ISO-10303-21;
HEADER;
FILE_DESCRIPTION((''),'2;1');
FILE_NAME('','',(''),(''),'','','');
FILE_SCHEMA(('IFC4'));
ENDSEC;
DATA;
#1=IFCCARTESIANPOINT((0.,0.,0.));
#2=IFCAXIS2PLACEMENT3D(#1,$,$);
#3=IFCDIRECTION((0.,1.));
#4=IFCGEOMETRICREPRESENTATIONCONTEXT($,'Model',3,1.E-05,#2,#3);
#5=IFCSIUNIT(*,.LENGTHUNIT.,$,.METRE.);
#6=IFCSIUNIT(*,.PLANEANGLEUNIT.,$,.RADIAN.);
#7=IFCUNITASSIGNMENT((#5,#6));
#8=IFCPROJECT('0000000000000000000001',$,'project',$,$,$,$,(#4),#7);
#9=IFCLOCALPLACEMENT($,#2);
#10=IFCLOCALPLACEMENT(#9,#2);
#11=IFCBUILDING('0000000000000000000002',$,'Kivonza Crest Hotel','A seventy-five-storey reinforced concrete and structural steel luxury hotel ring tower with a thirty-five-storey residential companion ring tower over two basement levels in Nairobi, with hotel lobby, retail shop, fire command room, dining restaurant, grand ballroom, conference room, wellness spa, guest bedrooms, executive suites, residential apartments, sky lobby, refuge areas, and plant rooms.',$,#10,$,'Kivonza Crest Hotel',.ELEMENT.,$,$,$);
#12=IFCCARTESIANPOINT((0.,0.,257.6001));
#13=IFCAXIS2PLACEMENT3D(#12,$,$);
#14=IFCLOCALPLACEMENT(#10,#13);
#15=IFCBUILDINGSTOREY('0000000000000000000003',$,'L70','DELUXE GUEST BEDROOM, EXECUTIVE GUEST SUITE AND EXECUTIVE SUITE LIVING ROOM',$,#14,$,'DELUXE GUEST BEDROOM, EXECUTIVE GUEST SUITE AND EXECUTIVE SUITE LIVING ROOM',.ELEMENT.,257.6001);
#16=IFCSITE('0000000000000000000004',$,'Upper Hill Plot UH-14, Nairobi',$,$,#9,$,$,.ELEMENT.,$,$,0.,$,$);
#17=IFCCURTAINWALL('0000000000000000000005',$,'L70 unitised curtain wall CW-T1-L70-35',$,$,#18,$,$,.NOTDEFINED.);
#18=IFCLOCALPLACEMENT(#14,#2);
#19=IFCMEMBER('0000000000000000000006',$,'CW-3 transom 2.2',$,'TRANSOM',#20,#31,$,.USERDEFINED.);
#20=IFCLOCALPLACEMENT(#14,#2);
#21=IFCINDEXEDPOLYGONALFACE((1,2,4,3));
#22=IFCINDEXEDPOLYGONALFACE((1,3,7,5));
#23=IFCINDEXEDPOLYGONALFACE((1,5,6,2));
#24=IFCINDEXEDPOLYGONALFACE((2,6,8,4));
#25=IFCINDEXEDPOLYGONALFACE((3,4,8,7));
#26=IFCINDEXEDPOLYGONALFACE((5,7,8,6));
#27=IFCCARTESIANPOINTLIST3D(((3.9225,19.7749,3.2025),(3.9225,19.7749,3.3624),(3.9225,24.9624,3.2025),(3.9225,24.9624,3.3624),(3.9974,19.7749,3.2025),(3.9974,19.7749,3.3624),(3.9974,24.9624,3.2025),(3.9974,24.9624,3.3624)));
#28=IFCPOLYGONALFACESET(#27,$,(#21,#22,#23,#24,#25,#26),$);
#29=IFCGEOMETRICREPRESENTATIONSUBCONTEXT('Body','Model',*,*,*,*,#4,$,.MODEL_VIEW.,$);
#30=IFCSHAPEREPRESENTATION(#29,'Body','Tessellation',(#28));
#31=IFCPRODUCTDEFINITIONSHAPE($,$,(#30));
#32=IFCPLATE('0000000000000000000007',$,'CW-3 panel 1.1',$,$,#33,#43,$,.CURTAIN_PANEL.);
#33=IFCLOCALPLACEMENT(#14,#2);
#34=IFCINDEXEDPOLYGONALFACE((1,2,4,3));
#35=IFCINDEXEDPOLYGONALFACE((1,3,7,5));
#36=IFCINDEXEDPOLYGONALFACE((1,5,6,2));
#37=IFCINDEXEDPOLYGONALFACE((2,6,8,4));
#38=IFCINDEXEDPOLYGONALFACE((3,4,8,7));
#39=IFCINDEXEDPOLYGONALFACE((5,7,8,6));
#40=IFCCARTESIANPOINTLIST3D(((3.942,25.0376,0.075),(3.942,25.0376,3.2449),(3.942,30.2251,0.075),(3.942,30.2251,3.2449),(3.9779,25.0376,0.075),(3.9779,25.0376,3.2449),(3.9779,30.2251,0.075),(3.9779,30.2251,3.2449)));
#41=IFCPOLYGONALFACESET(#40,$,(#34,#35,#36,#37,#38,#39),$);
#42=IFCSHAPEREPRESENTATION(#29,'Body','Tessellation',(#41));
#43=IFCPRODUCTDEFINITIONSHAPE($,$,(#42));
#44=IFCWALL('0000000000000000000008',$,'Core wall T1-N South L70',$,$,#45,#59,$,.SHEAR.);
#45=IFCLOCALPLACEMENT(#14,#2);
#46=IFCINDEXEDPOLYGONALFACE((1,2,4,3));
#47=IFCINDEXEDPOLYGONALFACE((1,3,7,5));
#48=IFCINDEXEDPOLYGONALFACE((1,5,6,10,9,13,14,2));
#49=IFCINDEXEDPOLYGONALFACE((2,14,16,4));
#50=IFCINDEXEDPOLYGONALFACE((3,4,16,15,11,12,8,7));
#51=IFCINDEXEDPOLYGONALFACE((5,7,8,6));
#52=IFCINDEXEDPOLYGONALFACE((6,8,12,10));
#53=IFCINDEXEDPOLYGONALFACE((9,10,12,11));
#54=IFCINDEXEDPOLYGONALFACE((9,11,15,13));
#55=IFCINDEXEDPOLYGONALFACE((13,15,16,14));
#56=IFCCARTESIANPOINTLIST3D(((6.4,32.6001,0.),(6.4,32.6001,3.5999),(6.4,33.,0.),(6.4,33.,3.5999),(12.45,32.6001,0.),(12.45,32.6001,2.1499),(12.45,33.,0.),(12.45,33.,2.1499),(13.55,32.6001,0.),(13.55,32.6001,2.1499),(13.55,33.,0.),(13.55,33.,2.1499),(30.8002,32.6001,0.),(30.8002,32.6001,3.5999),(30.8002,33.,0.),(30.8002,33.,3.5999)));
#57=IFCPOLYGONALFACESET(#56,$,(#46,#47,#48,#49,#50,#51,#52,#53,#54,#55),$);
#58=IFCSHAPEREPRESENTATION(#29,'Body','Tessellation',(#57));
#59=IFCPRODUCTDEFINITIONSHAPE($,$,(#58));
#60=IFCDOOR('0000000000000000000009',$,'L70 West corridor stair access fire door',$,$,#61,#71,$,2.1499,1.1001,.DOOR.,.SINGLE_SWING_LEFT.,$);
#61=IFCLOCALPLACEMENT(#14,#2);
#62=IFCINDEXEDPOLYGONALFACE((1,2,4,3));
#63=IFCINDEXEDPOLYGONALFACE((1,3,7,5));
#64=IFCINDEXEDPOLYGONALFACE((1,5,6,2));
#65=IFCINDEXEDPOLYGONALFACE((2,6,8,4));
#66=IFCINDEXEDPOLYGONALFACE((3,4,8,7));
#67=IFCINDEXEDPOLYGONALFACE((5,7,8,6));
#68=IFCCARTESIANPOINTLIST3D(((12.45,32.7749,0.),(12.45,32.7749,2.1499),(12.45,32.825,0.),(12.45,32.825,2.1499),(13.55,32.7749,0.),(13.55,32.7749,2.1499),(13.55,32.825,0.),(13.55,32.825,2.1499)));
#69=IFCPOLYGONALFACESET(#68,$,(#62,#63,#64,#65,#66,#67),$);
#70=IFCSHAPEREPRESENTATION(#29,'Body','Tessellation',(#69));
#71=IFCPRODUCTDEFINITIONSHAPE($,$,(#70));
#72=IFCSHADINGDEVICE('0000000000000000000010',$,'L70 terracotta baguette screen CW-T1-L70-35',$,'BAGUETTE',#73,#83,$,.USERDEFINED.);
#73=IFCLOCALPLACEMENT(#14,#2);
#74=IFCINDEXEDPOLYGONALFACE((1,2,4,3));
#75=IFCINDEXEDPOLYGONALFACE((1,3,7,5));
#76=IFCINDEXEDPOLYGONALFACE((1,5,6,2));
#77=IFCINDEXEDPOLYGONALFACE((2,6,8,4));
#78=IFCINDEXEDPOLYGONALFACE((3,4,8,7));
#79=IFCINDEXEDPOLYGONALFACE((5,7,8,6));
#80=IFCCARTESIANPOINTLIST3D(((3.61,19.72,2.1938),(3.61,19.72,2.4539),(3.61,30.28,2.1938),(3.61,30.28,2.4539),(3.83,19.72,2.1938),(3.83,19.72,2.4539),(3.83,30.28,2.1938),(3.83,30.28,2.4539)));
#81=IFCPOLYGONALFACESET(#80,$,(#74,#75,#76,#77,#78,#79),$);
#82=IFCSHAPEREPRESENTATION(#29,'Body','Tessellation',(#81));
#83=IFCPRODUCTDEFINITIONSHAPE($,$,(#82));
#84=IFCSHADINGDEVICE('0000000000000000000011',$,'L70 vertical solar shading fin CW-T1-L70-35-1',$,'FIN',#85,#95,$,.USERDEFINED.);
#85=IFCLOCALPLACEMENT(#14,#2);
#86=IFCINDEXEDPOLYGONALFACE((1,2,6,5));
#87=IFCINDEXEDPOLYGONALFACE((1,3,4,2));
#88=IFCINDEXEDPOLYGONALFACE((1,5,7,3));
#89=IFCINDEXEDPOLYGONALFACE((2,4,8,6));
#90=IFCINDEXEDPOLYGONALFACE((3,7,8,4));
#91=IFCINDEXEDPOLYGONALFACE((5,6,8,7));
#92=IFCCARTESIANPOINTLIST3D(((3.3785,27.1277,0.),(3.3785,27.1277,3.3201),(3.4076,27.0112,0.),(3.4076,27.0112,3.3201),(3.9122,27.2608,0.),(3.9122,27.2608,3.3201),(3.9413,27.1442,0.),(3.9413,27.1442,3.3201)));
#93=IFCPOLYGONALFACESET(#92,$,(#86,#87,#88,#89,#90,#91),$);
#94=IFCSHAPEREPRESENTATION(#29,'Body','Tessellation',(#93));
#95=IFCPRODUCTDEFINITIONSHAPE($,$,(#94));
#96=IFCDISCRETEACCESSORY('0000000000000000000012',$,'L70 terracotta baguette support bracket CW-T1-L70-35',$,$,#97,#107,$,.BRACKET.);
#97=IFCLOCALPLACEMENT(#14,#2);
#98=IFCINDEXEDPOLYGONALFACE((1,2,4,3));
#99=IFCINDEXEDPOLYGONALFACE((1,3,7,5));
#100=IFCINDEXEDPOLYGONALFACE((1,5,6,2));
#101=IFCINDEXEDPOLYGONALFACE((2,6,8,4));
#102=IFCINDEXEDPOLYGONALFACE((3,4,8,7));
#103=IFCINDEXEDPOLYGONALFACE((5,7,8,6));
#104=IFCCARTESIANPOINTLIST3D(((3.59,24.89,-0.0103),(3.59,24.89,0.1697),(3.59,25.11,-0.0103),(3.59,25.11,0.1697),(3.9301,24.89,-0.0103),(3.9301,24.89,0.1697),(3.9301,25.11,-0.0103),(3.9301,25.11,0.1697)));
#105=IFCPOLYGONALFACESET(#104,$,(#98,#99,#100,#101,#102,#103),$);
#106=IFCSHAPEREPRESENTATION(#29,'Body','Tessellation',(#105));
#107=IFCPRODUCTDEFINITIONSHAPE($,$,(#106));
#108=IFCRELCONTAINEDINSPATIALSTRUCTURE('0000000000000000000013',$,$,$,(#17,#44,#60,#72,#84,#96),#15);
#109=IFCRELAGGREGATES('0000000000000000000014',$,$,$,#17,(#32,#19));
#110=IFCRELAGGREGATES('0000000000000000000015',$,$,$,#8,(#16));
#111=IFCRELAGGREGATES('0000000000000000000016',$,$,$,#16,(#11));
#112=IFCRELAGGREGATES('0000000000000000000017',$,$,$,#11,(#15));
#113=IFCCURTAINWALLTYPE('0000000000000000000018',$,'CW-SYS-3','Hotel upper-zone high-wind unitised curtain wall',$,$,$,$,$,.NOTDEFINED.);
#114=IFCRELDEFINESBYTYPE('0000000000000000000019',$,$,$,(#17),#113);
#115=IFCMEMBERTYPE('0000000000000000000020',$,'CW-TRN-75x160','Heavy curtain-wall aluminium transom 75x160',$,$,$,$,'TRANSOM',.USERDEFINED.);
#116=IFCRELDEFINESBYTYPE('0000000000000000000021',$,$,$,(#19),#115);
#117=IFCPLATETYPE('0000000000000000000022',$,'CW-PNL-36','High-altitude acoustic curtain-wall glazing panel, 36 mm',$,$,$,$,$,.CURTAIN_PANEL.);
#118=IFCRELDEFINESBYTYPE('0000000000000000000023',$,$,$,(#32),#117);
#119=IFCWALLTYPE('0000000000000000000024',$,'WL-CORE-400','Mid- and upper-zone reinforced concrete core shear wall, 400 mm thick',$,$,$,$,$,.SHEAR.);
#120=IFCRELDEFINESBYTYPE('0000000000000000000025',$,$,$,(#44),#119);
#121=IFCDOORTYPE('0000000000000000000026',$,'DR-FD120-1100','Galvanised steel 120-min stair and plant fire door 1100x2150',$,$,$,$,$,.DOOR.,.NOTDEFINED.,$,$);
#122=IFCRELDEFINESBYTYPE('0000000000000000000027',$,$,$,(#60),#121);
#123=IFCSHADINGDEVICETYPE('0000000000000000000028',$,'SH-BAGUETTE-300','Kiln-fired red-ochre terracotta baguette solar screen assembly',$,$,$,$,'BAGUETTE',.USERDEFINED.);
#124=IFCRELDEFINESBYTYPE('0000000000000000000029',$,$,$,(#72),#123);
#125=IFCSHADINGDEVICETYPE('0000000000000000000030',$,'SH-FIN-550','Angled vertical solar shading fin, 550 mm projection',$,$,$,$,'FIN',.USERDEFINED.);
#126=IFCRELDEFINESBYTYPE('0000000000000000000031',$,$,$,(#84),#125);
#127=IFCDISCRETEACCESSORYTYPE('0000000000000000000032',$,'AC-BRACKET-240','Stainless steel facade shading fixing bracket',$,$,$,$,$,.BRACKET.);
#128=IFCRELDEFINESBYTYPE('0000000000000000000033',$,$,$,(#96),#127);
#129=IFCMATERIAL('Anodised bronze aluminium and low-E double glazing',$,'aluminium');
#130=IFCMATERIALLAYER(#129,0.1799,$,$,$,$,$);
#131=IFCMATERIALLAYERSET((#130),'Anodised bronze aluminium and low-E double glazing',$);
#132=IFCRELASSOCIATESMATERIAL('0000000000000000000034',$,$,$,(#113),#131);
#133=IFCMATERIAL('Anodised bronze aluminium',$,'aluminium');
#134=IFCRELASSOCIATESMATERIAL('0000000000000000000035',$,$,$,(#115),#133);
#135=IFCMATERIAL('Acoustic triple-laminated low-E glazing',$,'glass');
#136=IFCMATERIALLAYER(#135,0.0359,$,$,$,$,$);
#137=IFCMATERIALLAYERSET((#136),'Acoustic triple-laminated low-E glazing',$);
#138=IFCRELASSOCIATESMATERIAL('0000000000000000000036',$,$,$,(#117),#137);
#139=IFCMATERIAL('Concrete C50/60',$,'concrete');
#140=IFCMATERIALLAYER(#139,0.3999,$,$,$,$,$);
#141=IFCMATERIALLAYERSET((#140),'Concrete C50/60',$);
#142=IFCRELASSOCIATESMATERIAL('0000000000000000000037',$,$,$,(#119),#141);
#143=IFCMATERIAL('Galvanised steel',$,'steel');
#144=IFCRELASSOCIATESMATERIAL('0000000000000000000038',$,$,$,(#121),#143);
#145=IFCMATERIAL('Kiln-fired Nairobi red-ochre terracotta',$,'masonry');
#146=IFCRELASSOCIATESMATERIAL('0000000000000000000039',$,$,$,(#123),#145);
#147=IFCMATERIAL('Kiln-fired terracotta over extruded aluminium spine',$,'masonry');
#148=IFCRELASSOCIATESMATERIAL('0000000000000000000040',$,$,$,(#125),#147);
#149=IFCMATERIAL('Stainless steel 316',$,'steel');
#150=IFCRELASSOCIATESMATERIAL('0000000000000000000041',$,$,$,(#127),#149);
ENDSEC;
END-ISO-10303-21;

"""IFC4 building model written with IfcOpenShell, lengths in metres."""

from ifc_helpers import new_model, si_unit, direction, frame, frame_2d, origin, origin_2d, place, context, subcontext, project, spatial, rectangle, extrude, material, layer, layer_set, material_profile, profile_set, type_object, element, fill, aggregate, save


model = new_model("IFC4")

# Units and contexts
model_context = context("Model", 3, precision=1e-05, world=origin(), true_north=direction((0.0, 1.0)))
body_context = subcontext(model_context, "Body", "Model", "MODEL_VIEW")
ifc_project = project(units=[si_unit("LENGTHUNIT", "METRE"), si_unit("PLANEANGLEUNIT", "RADIAN")], contexts=[model_context])

# Site, building, storey
site_placement = place(None, origin())
site = spatial("IfcSite", under=ifc_project, at=site_placement, Name="Upper Hill Plot UH-14, Nairobi", CompositionType="ELEMENT", RefElevation=0.0)
building_placement = place(site_placement, origin())
building = spatial("IfcBuilding", under=site, at=building_placement, Name="Kivonza Crest Hotel", Description="A seventy-five-storey reinforced concrete and structural steel luxury hotel ring tower with a thirty-five-storey residential companion ring tower over two basement levels in Nairobi, with hotel lobby, retail shop, fire command room, dining restaurant, grand ballroom, conference room, wellness spa, guest bedrooms, executive suites, residential apartments, sky lobby, refuge areas, and plant rooms.", LongName="Kivonza Crest Hotel", CompositionType="ELEMENT")
storey_placement = place(building_placement, frame((0.0, 0.0, 257.6001)))
storey = spatial("IfcBuildingStorey", under=building, at=storey_placement, Name="L70", Description="DELUXE GUEST BEDROOM, EXECUTIVE GUEST SUITE AND EXECUTIVE SUITE LIVING ROOM", LongName="DELUXE GUEST BEDROOM, EXECUTIVE GUEST SUITE AND EXECUTIVE SUITE LIVING ROOM", CompositionType="ELEMENT", Elevation=257.6001)

# Shared definitions
ifc_material_1 = material(Name="Concrete C50/60", Category="concrete")

# Curtain wall, member, plate
ifc_material_2 = material(Name="Anodised bronze aluminium and low-E double glazing", Category="aluminium")
ifc_layer_1 = layer(ifc_material_2, 0.1799)
ifc_layer_set_1 = layer_set([ifc_layer_1], Name="Anodised bronze aluminium and low-E double glazing")
curtain_wall_type = type_object("IfcCurtainWallType", Name="CW-SYS-3", Description="Hotel upper-zone high-wind unitised curtain wall", PredefinedType="NOTDEFINED", material=ifc_layer_set_1)
curtain_wall_placement = place(storey_placement, origin())
curtain_wall = element("IfcCurtainWall", 1, at=curtain_wall_placement, inside=storey, type_object=curtain_wall_type, Name="L70 unitised curtain wall CW-T1-L70-35", PredefinedType="NOTDEFINED")
ifc_material_3 = material(Name="Anodised bronze aluminium", Category="aluminium")
ifc_material_profile_1 = material_profile(ifc_material_3, rectangle(XDim=0.075, YDim=0.1599, at=origin_2d()), Name="CW-T 75x160")
ifc_profile_set_1 = profile_set([ifc_material_profile_1], Name="Anodised bronze aluminium")
member_type_1 = type_object("IfcMemberType", Name="CW-TRN-75x160", Description="Heavy curtain-wall aluminium transom 75x160", ElementType="TRANSOM", PredefinedType="USERDEFINED", material=ifc_profile_set_1)
member_1_placement = place(storey_placement, frame((3.96, 24.9624, 3.2825), z_axis=(0.0, -1.0, 0.0), x_axis=(1.0, 0.0, 0.0)))
member_1 = element("IfcMember", 2, at=member_1_placement, type_object=member_type_1, Name="CW-3 transom 2.2", ObjectType="TRANSOM", PredefinedType="USERDEFINED", context=body_context, shape_type="SweptSolid", body=[
    extrude(rectangle(XDim=0.075, YDim=0.1599, at=origin_2d()), origin(), (0.0, 0.0, 1.0), 5.1875),
])
ifc_material_4 = material(Name="Acoustic triple-laminated low-E glazing", Category="glass")
ifc_layer_2 = layer(ifc_material_4, 0.0359)
ifc_layer_set_2 = layer_set([ifc_layer_2], Name="Acoustic triple-laminated low-E glazing")
plate_type = type_object("IfcPlateType", Name="CW-PNL-36", Description="High-altitude acoustic curtain-wall glazing panel, 36 mm", PredefinedType="CURTAIN_PANEL", material=ifc_layer_set_2)
plate_placement = place(storey_placement, frame((3.96, 27.6313, 0.075), z_axis=(0.0, 0.0, 1.0), x_axis=(0.0, -1.0, 0.0)))
plate = element("IfcPlate", 3, at=plate_placement, type_object=plate_type, Name="CW-3 panel 1.1", PredefinedType="CURTAIN_PANEL", context=body_context, shape_type="SweptSolid", body=[
    extrude(rectangle(XDim=5.1875, YDim=0.0359, at=origin_2d()), origin(), (0.0, 0.0, 1.0), 3.1699),
])
aggregate(curtain_wall, [plate, member_1])

# Wall, opening, door
ifc_layer_3 = layer(ifc_material_1, 0.3999)
ifc_layer_set_3 = layer_set([ifc_layer_3], Name="Concrete C50/60")
wall_type = type_object("IfcWallType", Name="WL-CORE-400", Description="Mid- and upper-zone reinforced concrete core shear wall, 400 mm thick", PredefinedType="SHEAR", material=ifc_layer_set_3)
wall_placement = place(storey_placement, frame((6.3999, 32.8, 0.0), z_axis=(0.0, 0.0, 1.0), x_axis=(1.0, 0.0, 0.0)))
wall = element("IfcWall", 4, at=wall_placement, inside=storey, type_object=wall_type, Name="Core wall T1-N South L70", PredefinedType="SHEAR", context=body_context, shape_type="SweptSolid", body=[
    extrude(rectangle(XDim=24.4001, YDim=0.3999, at=frame_2d((12.2002, 0.0))), origin(), (0.0, 0.0, 1.0), 3.5999),
])
opening_placement = place(wall_placement, frame((6.05, 0.0, 0.0)))
opening = element("IfcOpeningElement", 5, at=opening_placement, cuts=wall, PredefinedType="OPENING", context=body_context, shape_type="SweptSolid", body=[
    extrude(rectangle(XDim=1.1001, YDim=2.1499, at=frame_2d((0.55, 1.075))), frame((0.0, 0.21, 0.0), z_axis=(0.0, -1.0, 0.0), x_axis=(1.0, 0.0, 0.0)), (0.0, 0.0, 1.0), 0.4199),
])
ifc_material_5 = material(Name="Galvanised steel", Category="steel")
door_type = type_object("IfcDoorType", Name="DR-FD120-1100", Description="Galvanised steel 120-min stair and plant fire door 1100x2150", OperationType="NOTDEFINED", PredefinedType="DOOR", material=ifc_material_5)
door_placement = place(opening_placement, origin())
door = element("IfcDoor", 6, at=door_placement, inside=storey, type_object=door_type, Name="L70 West corridor stair access fire door", OperationType="SINGLE_SWING_LEFT", OverallHeight=2.1499, OverallWidth=1.1001, PredefinedType="DOOR", context=body_context, shape_type="SweptSolid", body=[
    extrude(rectangle(XDim=1.1001, YDim=2.1499, at=frame_2d((0.55, 1.075))), frame((0.0, 0.0249, 0.0), z_axis=(0.0, -1.0, 0.0), x_axis=(1.0, 0.0, 0.0)), (0.0, 0.0, 1.0), 0.05),
])
fill(opening, door)

# Shading devices
ifc_material_6 = material(Name="Kiln-fired Nairobi red-ochre terracotta", Category="masonry")
shading_device_type_1 = type_object("IfcShadingDeviceType", Name="SH-BAGUETTE-300", Description="Kiln-fired red-ochre terracotta baguette solar screen assembly", ElementType="BAGUETTE", PredefinedType="USERDEFINED", material=ifc_material_6)
shading_device_1_placement = place(storey_placement, frame((3.72, 25.0, 2.1938), z_axis=(0.0, 0.0, 1.0), x_axis=(0.0, -1.0, 0.0)))
element("IfcShadingDevice", 7, at=shading_device_1_placement, inside=storey, type_object=shading_device_type_1, Name="L70 terracotta baguette screen CW-T1-L70-35", ObjectType="BAGUETTE", PredefinedType="USERDEFINED", context=body_context, shape_type="SweptSolid", body=[
    extrude(rectangle(XDim=10.5601, YDim=0.22, at=origin_2d()), origin(), (0.0, 0.0, 1.0), 0.26),
])
ifc_material_7 = material(Name="Kiln-fired terracotta over extruded aluminium spine", Category="masonry")
shading_device_type_2 = type_object("IfcShadingDeviceType", Name="SH-FIN-550", Description="Angled vertical solar shading fin, 550 mm projection", ElementType="FIN", PredefinedType="USERDEFINED", material=ifc_material_7)
shading_device_2_placement = place(storey_placement, frame((3.6599, 27.136, 0.0), z_axis=(0.0, 0.0, 1.0), x_axis=(0.241922, -0.970296, 0.0)))
element("IfcShadingDevice", 8, at=shading_device_2_placement, inside=storey, type_object=shading_device_type_2, Name="L70 vertical solar shading fin CW-T1-L70-35-1", ObjectType="FIN", PredefinedType="USERDEFINED", context=body_context, shape_type="SweptSolid", body=[
    extrude(rectangle(XDim=0.1201, YDim=0.55, at=origin_2d()), origin(), (0.0, 0.0, 1.0), 3.3201),
])

# Discrete accessory
ifc_material_8 = material(Name="Stainless steel 316", Category="steel")
discrete_accessory_type = type_object("IfcDiscreteAccessoryType", Name="AC-BRACKET-240", Description="Stainless steel facade shading fixing bracket", PredefinedType="BRACKET", material=ifc_material_8)
discrete_accessory_placement = place(storey_placement, frame((3.76, 25.0, -0.0103), z_axis=(0.0, 0.0, 1.0), x_axis=(0.0, -1.0, 0.0)))
element("IfcDiscreteAccessory", 9, at=discrete_accessory_placement, inside=storey, type_object=discrete_accessory_type, Name="L70 terracotta baguette support bracket CW-T1-L70-35", PredefinedType="BRACKET", context=body_context, shape_type="SweptSolid", body=[
    extrude(rectangle(XDim=0.22, YDim=0.3401, at=origin_2d()), origin(), (0.0, 0.0, 1.0), 0.1799),
])

save(model, "model.ifc")
